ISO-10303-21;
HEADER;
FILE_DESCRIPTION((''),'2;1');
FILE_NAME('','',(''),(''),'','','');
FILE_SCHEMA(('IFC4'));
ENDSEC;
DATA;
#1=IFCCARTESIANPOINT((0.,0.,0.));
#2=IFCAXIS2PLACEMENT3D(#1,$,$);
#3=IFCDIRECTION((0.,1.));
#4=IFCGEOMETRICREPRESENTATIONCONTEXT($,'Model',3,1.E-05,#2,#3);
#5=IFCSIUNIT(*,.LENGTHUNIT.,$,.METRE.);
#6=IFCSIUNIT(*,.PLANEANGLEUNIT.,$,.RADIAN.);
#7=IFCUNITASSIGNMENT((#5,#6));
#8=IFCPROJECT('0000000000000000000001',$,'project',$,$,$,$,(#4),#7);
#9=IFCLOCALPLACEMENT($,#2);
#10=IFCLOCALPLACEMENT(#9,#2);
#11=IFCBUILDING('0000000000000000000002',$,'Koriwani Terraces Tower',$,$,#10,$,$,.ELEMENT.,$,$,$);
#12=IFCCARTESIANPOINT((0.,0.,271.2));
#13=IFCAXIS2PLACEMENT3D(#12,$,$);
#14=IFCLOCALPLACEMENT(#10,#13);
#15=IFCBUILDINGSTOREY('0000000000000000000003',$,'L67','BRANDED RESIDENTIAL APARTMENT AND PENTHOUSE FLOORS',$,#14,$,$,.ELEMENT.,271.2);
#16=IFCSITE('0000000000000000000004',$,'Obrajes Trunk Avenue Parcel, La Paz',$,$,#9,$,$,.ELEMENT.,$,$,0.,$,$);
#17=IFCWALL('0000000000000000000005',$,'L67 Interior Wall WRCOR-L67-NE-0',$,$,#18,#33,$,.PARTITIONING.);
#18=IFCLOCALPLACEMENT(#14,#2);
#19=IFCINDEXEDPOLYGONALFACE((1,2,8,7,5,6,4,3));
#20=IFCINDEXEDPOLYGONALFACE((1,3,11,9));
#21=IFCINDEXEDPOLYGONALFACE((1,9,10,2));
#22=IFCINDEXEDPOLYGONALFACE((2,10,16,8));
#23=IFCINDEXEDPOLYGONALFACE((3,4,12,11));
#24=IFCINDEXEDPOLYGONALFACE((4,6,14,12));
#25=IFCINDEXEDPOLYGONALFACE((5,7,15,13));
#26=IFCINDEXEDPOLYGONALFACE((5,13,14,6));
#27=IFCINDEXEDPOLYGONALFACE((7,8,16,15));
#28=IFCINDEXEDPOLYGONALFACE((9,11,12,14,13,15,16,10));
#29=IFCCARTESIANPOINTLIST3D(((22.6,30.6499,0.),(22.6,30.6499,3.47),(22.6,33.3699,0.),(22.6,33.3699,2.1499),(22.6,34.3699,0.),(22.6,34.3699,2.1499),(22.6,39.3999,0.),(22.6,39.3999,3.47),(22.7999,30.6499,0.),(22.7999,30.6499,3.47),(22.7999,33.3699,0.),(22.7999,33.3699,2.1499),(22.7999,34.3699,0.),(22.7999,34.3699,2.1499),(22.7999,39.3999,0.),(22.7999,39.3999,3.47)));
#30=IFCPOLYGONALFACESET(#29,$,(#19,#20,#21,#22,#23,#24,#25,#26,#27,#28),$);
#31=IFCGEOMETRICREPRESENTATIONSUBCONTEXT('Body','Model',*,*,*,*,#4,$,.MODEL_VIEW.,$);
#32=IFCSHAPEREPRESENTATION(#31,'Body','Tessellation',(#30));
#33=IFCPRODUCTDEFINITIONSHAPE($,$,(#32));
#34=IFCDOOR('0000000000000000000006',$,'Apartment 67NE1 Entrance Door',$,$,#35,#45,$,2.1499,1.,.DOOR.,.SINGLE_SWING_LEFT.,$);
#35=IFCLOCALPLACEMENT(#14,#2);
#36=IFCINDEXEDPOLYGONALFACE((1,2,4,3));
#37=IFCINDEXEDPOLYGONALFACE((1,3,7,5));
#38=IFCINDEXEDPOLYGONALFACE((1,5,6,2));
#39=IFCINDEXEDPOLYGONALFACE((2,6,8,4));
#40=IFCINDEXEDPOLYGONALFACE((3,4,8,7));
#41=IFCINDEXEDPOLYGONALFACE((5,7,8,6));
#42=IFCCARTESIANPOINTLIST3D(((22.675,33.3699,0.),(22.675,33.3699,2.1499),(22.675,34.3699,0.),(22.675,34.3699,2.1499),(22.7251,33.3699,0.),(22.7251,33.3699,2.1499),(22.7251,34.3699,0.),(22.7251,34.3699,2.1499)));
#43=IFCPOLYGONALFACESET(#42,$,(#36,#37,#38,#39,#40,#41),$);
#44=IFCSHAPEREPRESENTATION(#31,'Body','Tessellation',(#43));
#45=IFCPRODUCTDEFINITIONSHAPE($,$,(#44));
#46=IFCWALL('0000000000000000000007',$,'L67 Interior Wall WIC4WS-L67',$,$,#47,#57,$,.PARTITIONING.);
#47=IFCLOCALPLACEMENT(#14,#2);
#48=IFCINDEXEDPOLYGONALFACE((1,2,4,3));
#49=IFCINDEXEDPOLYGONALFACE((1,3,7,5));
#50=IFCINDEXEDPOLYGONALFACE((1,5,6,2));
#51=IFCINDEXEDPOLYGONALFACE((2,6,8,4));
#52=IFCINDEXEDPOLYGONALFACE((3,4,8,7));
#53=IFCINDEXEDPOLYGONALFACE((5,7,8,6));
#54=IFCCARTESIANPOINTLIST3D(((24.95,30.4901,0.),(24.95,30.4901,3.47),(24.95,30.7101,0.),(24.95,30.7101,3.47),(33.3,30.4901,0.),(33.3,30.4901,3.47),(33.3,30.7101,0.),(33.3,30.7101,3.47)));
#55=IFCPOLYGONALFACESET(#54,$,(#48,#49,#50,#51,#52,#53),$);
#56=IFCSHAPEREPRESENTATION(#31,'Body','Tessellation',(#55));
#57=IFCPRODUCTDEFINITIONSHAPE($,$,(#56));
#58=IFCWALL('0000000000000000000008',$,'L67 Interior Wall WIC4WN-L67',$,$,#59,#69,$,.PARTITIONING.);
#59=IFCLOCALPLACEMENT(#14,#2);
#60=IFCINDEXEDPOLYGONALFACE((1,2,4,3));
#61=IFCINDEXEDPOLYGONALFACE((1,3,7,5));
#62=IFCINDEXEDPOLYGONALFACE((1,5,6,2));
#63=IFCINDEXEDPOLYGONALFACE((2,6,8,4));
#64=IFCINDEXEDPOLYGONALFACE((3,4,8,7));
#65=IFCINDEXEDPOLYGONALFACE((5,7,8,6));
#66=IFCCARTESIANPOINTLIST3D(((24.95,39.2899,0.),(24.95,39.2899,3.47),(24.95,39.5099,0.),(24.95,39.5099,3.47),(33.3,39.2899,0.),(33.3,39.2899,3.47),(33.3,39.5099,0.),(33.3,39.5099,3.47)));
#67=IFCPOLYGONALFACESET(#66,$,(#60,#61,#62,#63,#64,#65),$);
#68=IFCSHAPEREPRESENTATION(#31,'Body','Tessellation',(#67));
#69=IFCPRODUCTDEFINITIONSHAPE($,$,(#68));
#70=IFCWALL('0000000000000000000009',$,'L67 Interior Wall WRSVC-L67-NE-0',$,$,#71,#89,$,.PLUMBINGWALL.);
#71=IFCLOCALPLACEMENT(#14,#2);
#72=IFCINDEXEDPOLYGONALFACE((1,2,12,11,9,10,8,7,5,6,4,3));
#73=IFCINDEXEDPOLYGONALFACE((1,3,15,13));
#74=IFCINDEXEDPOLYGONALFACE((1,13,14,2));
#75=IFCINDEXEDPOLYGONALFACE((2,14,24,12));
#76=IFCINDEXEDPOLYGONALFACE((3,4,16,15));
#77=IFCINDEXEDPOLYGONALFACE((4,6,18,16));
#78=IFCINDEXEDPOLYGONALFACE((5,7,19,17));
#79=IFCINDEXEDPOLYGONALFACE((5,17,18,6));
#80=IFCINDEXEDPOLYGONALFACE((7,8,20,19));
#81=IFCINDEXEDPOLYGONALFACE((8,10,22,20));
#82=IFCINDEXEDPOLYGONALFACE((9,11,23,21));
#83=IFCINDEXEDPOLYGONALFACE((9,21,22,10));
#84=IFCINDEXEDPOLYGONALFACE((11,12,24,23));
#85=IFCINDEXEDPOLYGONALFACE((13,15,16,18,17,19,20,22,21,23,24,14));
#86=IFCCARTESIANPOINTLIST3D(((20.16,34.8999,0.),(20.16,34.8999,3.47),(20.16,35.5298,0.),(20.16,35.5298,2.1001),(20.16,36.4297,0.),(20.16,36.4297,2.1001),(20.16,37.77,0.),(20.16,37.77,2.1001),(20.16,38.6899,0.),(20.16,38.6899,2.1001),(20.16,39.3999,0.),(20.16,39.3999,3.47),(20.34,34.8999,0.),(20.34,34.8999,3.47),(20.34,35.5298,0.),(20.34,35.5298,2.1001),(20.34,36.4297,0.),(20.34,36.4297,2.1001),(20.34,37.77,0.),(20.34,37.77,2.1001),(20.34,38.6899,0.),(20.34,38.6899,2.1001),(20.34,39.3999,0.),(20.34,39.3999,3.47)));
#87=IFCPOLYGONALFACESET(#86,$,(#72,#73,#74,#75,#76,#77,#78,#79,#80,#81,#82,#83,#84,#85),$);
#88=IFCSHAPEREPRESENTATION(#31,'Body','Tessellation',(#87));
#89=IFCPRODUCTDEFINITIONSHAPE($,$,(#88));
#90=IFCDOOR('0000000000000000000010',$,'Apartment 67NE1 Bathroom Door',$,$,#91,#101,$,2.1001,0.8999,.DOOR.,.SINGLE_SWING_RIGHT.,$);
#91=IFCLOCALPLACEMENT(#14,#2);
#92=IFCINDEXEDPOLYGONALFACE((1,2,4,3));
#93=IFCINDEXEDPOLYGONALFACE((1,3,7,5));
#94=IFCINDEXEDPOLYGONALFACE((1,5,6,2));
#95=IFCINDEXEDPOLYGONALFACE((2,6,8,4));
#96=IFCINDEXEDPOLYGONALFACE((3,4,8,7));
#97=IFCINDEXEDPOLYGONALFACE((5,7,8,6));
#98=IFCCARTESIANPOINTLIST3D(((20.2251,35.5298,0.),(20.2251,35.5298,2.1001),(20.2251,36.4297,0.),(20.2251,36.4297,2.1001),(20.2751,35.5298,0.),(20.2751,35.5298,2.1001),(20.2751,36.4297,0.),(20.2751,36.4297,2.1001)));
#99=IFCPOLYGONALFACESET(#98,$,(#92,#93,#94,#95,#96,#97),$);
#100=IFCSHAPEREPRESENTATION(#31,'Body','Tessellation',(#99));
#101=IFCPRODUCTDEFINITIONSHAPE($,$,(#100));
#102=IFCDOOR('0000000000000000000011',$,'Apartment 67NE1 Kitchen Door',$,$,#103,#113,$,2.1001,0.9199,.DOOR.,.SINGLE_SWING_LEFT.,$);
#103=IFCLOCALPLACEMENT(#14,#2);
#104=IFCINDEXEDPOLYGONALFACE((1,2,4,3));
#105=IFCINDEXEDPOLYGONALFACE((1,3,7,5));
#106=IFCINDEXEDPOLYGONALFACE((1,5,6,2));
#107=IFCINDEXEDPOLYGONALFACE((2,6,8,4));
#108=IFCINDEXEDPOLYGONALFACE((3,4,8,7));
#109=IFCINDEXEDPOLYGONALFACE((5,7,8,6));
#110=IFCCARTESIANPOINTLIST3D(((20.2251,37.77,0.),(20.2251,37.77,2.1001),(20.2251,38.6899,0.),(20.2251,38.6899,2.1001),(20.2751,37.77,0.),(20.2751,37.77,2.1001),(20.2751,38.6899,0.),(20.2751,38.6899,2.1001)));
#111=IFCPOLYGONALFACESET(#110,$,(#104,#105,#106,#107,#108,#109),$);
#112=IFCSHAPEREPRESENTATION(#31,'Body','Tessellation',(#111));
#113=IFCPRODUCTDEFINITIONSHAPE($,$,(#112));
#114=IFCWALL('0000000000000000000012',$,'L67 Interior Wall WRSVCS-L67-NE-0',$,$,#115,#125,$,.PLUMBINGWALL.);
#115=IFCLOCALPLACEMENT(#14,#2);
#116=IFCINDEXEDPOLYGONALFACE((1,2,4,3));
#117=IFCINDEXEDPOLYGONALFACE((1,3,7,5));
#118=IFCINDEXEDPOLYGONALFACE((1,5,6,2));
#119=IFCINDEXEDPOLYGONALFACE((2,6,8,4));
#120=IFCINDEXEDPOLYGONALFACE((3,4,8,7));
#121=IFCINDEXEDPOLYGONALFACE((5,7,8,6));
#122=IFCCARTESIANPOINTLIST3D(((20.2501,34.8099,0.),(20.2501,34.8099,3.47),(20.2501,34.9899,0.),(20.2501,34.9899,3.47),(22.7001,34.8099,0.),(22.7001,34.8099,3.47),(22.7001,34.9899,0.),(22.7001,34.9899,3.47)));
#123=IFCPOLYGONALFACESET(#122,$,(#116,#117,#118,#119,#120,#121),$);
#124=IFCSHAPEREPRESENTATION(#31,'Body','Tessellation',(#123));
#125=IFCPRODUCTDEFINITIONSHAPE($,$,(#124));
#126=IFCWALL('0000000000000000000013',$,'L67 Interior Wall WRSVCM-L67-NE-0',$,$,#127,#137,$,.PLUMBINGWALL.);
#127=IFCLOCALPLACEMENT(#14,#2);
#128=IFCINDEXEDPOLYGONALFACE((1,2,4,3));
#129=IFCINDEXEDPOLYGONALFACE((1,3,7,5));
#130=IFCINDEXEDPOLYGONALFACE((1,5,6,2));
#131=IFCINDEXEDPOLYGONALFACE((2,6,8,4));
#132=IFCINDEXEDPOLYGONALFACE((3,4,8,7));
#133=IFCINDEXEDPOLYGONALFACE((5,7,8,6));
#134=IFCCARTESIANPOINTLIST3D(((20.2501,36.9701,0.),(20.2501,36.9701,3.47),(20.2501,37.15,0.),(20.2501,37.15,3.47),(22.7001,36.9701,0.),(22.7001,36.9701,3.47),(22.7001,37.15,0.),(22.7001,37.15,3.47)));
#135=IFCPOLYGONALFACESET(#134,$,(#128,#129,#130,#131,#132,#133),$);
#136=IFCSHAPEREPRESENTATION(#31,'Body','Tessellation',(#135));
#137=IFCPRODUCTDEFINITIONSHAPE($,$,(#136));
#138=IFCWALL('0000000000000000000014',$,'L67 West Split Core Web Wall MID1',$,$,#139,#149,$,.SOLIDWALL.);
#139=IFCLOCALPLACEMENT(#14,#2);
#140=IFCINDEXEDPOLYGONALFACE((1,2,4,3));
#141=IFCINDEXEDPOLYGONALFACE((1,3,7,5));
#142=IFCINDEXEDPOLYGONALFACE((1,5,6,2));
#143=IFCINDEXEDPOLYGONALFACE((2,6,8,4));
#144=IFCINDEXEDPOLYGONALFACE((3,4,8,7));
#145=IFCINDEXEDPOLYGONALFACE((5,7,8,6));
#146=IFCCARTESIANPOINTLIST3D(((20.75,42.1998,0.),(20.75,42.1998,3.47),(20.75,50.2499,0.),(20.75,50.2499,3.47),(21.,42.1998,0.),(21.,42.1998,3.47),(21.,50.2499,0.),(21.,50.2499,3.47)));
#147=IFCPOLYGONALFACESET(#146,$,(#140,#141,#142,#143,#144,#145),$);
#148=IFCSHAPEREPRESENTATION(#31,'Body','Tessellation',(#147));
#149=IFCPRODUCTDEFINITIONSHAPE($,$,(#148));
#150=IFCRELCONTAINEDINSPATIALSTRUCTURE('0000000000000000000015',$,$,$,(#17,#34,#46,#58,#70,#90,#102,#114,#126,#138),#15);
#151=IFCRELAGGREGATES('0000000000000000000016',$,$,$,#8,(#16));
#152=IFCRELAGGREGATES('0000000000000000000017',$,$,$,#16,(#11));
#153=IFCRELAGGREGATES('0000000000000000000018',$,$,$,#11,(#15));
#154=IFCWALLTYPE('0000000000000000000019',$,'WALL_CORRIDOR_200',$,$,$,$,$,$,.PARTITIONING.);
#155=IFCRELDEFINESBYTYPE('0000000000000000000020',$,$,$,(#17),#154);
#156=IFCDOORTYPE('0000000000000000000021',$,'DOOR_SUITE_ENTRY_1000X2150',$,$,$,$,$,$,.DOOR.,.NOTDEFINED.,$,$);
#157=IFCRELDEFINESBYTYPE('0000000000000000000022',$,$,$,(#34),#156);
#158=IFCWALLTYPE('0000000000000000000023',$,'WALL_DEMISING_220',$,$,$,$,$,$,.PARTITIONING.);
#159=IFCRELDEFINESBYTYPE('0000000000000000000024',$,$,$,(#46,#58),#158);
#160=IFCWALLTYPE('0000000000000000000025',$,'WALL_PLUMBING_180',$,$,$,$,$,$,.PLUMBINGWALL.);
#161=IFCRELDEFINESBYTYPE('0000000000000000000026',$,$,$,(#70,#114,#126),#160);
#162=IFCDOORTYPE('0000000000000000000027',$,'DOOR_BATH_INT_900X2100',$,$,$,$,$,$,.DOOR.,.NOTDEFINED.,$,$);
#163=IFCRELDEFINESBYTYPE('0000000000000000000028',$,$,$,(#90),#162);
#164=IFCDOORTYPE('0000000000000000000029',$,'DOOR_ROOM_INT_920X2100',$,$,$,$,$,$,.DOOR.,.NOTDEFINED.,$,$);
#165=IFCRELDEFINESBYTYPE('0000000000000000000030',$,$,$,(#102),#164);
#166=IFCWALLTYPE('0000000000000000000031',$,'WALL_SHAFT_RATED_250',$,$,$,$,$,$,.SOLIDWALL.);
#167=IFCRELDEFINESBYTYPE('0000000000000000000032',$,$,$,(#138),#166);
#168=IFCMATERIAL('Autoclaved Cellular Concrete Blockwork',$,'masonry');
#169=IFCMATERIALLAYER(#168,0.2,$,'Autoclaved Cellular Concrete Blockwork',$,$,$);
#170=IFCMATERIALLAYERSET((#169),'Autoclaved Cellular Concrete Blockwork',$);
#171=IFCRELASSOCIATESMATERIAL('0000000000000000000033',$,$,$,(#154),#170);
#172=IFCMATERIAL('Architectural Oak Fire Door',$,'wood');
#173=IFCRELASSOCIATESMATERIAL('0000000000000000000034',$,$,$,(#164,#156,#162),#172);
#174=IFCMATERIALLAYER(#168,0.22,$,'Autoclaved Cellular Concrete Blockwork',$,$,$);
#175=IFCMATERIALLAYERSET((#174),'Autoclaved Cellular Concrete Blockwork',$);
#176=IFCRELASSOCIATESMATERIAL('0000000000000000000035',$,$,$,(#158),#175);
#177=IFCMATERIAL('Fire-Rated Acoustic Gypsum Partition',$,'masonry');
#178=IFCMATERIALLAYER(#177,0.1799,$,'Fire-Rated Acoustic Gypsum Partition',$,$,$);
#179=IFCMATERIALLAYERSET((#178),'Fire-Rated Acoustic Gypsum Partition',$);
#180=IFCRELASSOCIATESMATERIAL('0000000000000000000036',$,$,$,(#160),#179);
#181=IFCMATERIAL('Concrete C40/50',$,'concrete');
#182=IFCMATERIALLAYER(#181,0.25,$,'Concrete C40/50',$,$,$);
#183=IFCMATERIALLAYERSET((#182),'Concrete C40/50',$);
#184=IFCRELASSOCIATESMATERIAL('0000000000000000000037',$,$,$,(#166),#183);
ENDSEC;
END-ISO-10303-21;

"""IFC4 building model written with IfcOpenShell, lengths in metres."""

from ifc_helpers import new_model, si_unit, direction, frame, frame_2d, origin, place, context, subcontext, project, spatial, rectangle, extrude, material, layer, layer_set, type_object, element, fill, save


model = new_model("IFC4")

# Units and contexts
model_context = context("Model", 3, precision=1e-05, world=origin(), true_north=direction((0.0, 1.0)))
body_context = subcontext(model_context, "Body", "Model", "MODEL_VIEW")
ifc_project = project(units=[si_unit("LENGTHUNIT", "METRE"), si_unit("PLANEANGLEUNIT", "RADIAN")], contexts=[model_context])

# Site, building, storey
site_placement = place(None, origin())
site = spatial("IfcSite", under=ifc_project, at=site_placement, Name="Obrajes Trunk Avenue Parcel, La Paz", CompositionType="ELEMENT", RefElevation=0.0)
building_placement = place(site_placement, origin())
building = spatial("IfcBuilding", under=site, at=building_placement, Name="Koriwani Terraces Tower", CompositionType="ELEMENT")
storey_placement = place(building_placement, frame((0.0, 0.0, 271.2)))
storey = spatial("IfcBuildingStorey", under=building, at=storey_placement, Name="L67", Description="BRANDED RESIDENTIAL APARTMENT AND PENTHOUSE FLOORS", CompositionType="ELEMENT", Elevation=271.2)

# Wall, opening, door
ifc_material_1 = material(Name="Autoclaved Cellular Concrete Blockwork", Category="masonry")
ifc_layer_1 = layer(ifc_material_1, 0.2, Name="Autoclaved Cellular Concrete Blockwork")
ifc_layer_set_1 = layer_set([ifc_layer_1], Name="Autoclaved Cellular Concrete Blockwork")
wall_type_1 = type_object("IfcWallType", Name="WALL_CORRIDOR_200", PredefinedType="PARTITIONING", material=ifc_layer_set_1)
ifc_material_2 = material(Name="Architectural Oak Fire Door", Category="wood")
door_type_1 = type_object("IfcDoorType", Name="DOOR_ROOM_INT_920X2100", OperationType="NOTDEFINED", PredefinedType="DOOR", material=ifc_material_2)
wall_1_placement = place(storey_placement, frame((22.7, 30.6499, 0.0), z_axis=(0.0, 0.0, 1.0), x_axis=(0.0, 1.0, 0.0)))
wall_1 = element("IfcWall", 1, at=wall_1_placement, inside=storey, type_object=wall_type_1, Name="L67 Interior Wall WRCOR-L67-NE-0", PredefinedType="PARTITIONING", context=body_context, shape_type="SweptSolid", body=[
    extrude(rectangle(XDim=8.75, YDim=0.2, at=frame_2d((4.375, 0.0))), origin(), (0.0, 0.0, 1.0), 3.47),
])
opening_1_placement = place(wall_1_placement, frame((2.72, 0.0, 0.0)))
opening_1 = element("IfcOpeningElement", 2, at=opening_1_placement, cuts=wall_1, PredefinedType="OPENING", context=body_context, shape_type="SweptSolid", body=[
    extrude(rectangle(XDim=1.0, YDim=2.1499, at=frame_2d((0.5, 1.075))), frame((0.0, 0.1099, 0.0), z_axis=(0.0, -1.0, 0.0), x_axis=(1.0, 0.0, 0.0)), (0.0, 0.0, 1.0), 0.22),
])
door_type_2 = type_object("IfcDoorType", Name="DOOR_SUITE_ENTRY_1000X2150", OperationType="NOTDEFINED", PredefinedType="DOOR", material=ifc_material_2)
door_1_placement = place(opening_1_placement, origin())
door_1 = element("IfcDoor", 3, at=door_1_placement, inside=storey, type_object=door_type_2, Name="Apartment 67NE1 Entrance Door", OperationType="SINGLE_SWING_LEFT", OverallHeight=2.1499, OverallWidth=1.0, PredefinedType="DOOR", context=body_context, shape_type="SweptSolid", body=[
    extrude(rectangle(XDim=1.0, YDim=2.1499, at=frame_2d((0.5, 1.075))), frame((0.0, 0.0249, 0.0), z_axis=(0.0, -1.0, 0.0), x_axis=(1.0, 0.0, 0.0)), (0.0, 0.0, 1.0), 0.05),
])
fill(opening_1, door_1)

# Walls
ifc_layer_2 = layer(ifc_material_1, 0.22, Name="Autoclaved Cellular Concrete Blockwork")
ifc_layer_set_2 = layer_set([ifc_layer_2], Name="Autoclaved Cellular Concrete Blockwork")
wall_type_2 = type_object("IfcWallType", Name="WALL_DEMISING_220", PredefinedType="PARTITIONING", material=ifc_layer_set_2)
for number, where, z_axis, x_axis, name in (
    (4, (24.95, 30.6001, 0.0), (0.0, 0.0, 1.0), (1.0, 0.0, 0.0), "L67 Interior Wall WIC4WS-L67"),
    (5, (24.95, 39.3999, 0.0), (0.0, 0.0, 1.0), (1.0, 0.0, 0.0), "L67 Interior Wall WIC4WN-L67"),
):
    element("IfcWall", number, at=place(storey_placement, frame(where, z_axis=z_axis, x_axis=x_axis)), inside=storey, type_object=wall_type_2, Name=name, PredefinedType="PARTITIONING", context=body_context, shape_type="SweptSolid", body=[
        extrude(rectangle(XDim=8.3501, YDim=0.22, at=frame_2d((4.175, 0.0))), origin(), (0.0, 0.0, 1.0), 3.47),
    ])

# Wall, openings, doors
ifc_material_3 = material(Name="Fire-Rated Acoustic Gypsum Partition", Category="masonry")
ifc_layer_3 = layer(ifc_material_3, 0.1799, Name="Fire-Rated Acoustic Gypsum Partition")
ifc_layer_set_3 = layer_set([ifc_layer_3], Name="Fire-Rated Acoustic Gypsum Partition")
wall_type_3 = type_object("IfcWallType", Name="WALL_PLUMBING_180", PredefinedType="PLUMBINGWALL", material=ifc_layer_set_3)
wall_2_placement = place(storey_placement, frame((20.25, 34.8999, 0.0), z_axis=(0.0, 0.0, 1.0), x_axis=(0.0, 1.0, 0.0)))
wall_2 = element("IfcWall", 6, at=wall_2_placement, inside=storey, type_object=wall_type_3, Name="L67 Interior Wall WRSVC-L67-NE-0", PredefinedType="PLUMBINGWALL", context=body_context, shape_type="SweptSolid", body=[
    extrude(rectangle(XDim=4.5, YDim=0.1799, at=frame_2d((2.25, 0.0))), origin(), (0.0, 0.0, 1.0), 3.47),
])
opening_2_placement = place(wall_2_placement, frame((0.6299, 0.0, 0.0)))
opening_2 = element("IfcOpeningElement", 7, at=opening_2_placement, cuts=wall_2, PredefinedType="OPENING", context=body_context, shape_type="SweptSolid", body=[
    extrude(rectangle(XDim=0.8999, YDim=2.1001, at=frame_2d((0.45, 1.05))), frame((0.0, 0.1001, 0.0), z_axis=(0.0, -1.0, 0.0), x_axis=(1.0, 0.0, 0.0)), (0.0, 0.0, 1.0), 0.2),
])
opening_3_placement = place(wall_2_placement, frame((2.8701, 0.0, 0.0)))
opening_3 = element("IfcOpeningElement", 8, at=opening_3_placement, cuts=wall_2, PredefinedType="OPENING", context=body_context, shape_type="SweptSolid", body=[
    extrude(rectangle(XDim=0.9199, YDim=2.1001, at=frame_2d((0.46, 1.05))), frame((0.0, 0.1001, 0.0), z_axis=(0.0, -1.0, 0.0), x_axis=(1.0, 0.0, 0.0)), (0.0, 0.0, 1.0), 0.2),
])
door_type_3 = type_object("IfcDoorType", Name="DOOR_BATH_INT_900X2100", OperationType="NOTDEFINED", PredefinedType="DOOR", material=ifc_material_2)
door_2_placement = place(opening_2_placement, origin())
door_2 = element("IfcDoor", 9, at=door_2_placement, inside=storey, type_object=door_type_3, Name="Apartment 67NE1 Bathroom Door", OperationType="SINGLE_SWING_RIGHT", OverallHeight=2.1001, OverallWidth=0.8999, PredefinedType="DOOR", context=body_context, shape_type="SweptSolid", body=[
    extrude(rectangle(XDim=0.8999, YDim=2.1001, at=frame_2d((0.45, 1.05))), frame((0.0, 0.0249, 0.0), z_axis=(0.0, -1.0, 0.0), x_axis=(1.0, 0.0, 0.0)), (0.0, 0.0, 1.0), 0.05),
])
fill(opening_2, door_2)
door_3_placement = place(opening_3_placement, origin())
door_3 = element("IfcDoor", 10, at=door_3_placement, inside=storey, type_object=door_type_1, Name="Apartment 67NE1 Kitchen Door", OperationType="SINGLE_SWING_LEFT", OverallHeight=2.1001, OverallWidth=0.9199, PredefinedType="DOOR", context=body_context, shape_type="SweptSolid", body=[
    extrude(rectangle(XDim=0.9199, YDim=2.1001, at=frame_2d((0.46, 1.05))), frame((0.0, 0.0249, 0.0), z_axis=(0.0, -1.0, 0.0), x_axis=(1.0, 0.0, 0.0)), (0.0, 0.0, 1.0), 0.05),
])
fill(opening_3, door_3)

# Walls
for number, where, z_axis, x_axis, name in (
    (11, (20.25, 34.8999, 0.0), (0.0, 0.0, 1.0), (1.0, 0.0, 0.0), "L67 Interior Wall WRSVCS-L67-NE-0"),
    (12, (20.25, 37.0601, 0.0), (0.0, 0.0, 1.0), (1.0, 0.0, 0.0), "L67 Interior Wall WRSVCM-L67-NE-0"),
):
    element("IfcWall", number, at=place(storey_placement, frame(where, z_axis=z_axis, x_axis=x_axis)), inside=storey, type_object=wall_type_3, Name=name, PredefinedType="PLUMBINGWALL", context=body_context, shape_type="SweptSolid", body=[
        extrude(rectangle(XDim=2.45, YDim=0.1799, at=frame_2d((1.2251, 0.0))), origin(), (0.0, 0.0, 1.0), 3.47),
    ])
ifc_material_4 = material(Name="Concrete C40/50", Category="concrete")
ifc_layer_4 = layer(ifc_material_4, 0.25, Name="Concrete C40/50")
ifc_layer_set_4 = layer_set([ifc_layer_4], Name="Concrete C40/50")
wall_type_4 = type_object("IfcWallType", Name="WALL_SHAFT_RATED_250", PredefinedType="SOLIDWALL", material=ifc_layer_set_4)
wall_3_placement = place(storey_placement, frame((20.875, 42.2, 0.0), z_axis=(0.0, 0.0, 1.0), x_axis=(0.0, 1.0, 0.0)))
element("IfcWall", 13, at=wall_3_placement, inside=storey, type_object=wall_type_4, Name="L67 West Split Core Web Wall MID1", PredefinedType="SOLIDWALL", context=body_context, shape_type="SweptSolid", body=[
    extrude(rectangle(XDim=8.05, YDim=0.25, at=frame_2d((4.0249, 0.0))), origin(), (0.0, 0.0, 1.0), 3.47),
])

save(model, "model.ifc")
